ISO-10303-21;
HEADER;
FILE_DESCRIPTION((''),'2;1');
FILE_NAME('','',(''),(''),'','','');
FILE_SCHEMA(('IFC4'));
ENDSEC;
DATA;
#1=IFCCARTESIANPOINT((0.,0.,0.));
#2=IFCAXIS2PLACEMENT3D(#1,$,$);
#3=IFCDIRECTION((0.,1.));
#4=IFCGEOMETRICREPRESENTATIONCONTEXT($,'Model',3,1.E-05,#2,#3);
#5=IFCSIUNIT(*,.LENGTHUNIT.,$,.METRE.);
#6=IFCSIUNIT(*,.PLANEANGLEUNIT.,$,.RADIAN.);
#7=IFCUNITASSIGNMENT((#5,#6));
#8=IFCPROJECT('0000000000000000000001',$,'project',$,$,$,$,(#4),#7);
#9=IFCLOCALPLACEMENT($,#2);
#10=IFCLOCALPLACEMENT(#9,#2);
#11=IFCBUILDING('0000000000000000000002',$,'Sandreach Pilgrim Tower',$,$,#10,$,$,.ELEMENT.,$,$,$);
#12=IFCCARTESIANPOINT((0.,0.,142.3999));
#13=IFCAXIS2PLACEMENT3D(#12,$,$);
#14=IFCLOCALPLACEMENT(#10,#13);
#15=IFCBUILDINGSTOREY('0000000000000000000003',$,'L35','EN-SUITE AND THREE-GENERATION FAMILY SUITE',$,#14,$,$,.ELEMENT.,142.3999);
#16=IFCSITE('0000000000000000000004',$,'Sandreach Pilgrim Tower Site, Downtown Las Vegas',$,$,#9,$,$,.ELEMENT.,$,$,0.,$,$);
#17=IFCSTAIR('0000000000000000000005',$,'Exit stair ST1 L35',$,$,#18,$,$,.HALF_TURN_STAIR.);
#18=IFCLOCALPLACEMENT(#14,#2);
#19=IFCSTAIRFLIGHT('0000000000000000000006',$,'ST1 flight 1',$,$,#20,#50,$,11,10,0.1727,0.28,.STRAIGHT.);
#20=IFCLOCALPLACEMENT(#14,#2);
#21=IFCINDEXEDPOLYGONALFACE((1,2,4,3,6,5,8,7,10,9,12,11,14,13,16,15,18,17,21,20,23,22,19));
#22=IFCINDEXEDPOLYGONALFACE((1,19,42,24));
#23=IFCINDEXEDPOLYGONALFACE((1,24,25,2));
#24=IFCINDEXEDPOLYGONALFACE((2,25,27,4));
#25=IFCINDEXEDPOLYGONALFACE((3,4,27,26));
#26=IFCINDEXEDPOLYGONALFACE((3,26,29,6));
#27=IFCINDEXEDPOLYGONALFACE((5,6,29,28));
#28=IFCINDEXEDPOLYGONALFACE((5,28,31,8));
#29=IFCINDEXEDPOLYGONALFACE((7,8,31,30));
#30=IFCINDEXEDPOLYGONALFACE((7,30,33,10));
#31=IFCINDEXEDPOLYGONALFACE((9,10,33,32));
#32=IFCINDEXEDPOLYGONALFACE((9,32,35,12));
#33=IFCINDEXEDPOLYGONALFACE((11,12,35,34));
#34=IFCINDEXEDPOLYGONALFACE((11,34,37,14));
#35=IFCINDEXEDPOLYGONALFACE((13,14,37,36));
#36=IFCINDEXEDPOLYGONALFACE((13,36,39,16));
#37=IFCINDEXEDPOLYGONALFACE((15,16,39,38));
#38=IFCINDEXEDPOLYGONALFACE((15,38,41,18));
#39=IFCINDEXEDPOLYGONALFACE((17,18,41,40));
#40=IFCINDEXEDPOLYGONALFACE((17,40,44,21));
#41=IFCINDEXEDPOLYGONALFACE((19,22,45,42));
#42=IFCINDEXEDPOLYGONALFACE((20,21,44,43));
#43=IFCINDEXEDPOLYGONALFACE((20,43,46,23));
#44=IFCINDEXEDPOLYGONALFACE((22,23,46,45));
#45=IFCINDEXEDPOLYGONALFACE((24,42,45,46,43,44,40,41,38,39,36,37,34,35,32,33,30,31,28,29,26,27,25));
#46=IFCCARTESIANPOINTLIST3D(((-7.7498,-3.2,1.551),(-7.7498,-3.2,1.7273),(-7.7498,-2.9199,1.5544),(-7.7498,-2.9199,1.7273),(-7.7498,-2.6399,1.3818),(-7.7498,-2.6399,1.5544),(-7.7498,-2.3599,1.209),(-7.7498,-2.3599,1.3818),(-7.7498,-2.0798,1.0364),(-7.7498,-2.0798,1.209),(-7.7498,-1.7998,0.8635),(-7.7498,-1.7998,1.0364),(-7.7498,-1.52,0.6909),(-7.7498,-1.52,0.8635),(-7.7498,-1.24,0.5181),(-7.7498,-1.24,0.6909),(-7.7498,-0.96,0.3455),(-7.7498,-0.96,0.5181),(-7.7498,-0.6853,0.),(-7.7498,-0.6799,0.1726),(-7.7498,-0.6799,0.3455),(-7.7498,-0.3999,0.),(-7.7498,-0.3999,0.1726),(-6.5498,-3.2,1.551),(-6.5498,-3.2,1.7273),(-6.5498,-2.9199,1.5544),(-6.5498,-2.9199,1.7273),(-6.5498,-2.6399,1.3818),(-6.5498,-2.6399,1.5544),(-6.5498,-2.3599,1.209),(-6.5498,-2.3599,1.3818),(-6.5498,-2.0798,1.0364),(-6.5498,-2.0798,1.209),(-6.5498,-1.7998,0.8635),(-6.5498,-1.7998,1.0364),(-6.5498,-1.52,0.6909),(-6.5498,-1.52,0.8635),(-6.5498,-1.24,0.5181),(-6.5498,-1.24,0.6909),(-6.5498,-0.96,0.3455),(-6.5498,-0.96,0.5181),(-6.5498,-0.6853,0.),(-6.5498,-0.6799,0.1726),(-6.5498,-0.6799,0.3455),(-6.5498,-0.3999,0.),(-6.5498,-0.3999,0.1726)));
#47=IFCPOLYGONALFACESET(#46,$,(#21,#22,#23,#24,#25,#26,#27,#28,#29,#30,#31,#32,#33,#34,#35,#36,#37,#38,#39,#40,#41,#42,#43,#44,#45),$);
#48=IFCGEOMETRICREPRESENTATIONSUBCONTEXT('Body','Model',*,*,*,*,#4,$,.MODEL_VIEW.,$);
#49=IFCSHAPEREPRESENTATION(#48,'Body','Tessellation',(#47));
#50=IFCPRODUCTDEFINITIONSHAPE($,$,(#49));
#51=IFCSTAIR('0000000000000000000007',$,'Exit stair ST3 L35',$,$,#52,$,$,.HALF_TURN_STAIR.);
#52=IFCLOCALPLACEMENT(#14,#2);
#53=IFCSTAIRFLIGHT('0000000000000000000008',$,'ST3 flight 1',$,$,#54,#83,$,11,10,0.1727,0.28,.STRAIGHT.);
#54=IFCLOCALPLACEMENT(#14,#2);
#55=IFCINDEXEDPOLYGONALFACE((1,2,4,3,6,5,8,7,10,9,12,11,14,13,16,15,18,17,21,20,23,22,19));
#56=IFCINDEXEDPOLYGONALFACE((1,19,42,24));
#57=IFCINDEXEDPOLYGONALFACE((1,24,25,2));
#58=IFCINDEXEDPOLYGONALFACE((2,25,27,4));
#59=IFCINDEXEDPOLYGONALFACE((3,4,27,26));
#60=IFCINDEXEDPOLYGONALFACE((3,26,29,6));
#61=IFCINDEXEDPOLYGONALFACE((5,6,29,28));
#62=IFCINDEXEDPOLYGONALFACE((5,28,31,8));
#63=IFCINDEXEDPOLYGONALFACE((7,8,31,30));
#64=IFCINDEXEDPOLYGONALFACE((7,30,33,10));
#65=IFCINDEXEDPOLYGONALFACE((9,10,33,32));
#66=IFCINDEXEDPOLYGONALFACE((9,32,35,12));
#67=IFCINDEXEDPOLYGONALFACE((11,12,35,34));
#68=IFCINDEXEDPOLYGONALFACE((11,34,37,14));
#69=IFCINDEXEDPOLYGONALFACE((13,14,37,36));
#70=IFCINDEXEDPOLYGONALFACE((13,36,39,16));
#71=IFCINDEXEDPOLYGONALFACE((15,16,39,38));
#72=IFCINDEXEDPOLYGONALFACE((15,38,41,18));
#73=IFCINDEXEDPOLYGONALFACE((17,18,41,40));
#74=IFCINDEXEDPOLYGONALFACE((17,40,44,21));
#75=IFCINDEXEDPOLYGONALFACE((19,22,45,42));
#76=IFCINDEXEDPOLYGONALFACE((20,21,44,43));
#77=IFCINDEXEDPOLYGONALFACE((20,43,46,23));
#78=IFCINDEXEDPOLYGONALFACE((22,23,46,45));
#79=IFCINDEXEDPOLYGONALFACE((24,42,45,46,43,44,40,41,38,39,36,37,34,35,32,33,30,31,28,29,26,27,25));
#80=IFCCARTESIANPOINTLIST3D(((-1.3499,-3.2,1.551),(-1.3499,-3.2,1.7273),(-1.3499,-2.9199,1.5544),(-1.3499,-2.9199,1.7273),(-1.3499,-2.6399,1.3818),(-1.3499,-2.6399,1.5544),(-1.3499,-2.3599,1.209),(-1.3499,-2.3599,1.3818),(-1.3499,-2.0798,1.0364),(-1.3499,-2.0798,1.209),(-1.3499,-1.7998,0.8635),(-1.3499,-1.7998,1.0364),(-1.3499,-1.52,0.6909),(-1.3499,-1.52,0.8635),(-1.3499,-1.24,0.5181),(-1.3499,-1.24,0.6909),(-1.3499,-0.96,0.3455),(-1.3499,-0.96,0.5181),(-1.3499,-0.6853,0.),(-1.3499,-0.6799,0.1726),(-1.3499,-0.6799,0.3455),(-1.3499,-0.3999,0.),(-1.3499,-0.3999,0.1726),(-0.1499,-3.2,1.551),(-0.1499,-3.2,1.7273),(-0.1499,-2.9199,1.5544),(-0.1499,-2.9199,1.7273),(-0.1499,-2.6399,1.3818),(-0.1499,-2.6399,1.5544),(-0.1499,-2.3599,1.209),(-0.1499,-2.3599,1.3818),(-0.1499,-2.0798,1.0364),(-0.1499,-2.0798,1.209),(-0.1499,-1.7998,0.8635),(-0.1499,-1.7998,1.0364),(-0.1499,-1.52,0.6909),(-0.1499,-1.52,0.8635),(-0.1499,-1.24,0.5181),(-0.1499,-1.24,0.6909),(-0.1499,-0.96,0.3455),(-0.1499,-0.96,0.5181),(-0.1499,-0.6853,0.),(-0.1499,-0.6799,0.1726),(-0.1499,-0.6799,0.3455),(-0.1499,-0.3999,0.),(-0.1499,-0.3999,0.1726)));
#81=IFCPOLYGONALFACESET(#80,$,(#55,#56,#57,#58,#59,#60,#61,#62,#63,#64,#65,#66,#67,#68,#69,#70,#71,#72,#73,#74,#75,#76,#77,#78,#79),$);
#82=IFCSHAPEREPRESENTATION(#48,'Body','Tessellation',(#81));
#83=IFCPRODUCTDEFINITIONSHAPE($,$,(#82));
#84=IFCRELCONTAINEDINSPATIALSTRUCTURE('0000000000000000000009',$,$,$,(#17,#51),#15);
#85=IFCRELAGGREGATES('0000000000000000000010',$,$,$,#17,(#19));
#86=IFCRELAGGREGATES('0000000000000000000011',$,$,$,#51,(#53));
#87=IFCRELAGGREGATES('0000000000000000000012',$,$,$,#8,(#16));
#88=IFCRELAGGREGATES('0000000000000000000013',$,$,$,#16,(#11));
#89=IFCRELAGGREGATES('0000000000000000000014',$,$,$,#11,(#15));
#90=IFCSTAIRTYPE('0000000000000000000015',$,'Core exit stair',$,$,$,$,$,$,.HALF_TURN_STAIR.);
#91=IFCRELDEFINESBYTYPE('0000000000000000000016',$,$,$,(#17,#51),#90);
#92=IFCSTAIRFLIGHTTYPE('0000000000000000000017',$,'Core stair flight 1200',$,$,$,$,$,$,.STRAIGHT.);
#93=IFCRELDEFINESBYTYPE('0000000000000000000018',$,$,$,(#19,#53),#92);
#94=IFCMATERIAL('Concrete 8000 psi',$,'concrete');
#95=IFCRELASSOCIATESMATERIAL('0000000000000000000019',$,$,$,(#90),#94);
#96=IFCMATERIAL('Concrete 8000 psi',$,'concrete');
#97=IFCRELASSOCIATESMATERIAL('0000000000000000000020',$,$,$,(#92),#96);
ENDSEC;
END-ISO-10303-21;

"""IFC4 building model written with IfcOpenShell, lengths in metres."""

from ifc_helpers import new_model, si_unit, direction, frame, origin, place, context, subcontext, project, spatial, polyline, outline, extrude, material, type_object, element, aggregate, save


model = new_model("IFC4")

# Units and contexts
model_context = context("Model", 3, precision=1e-05, world=origin(), true_north=direction((0.0, 1.0)))
body_context = subcontext(model_context, "Body", "Model", "MODEL_VIEW")
ifc_project = project(units=[si_unit("LENGTHUNIT", "METRE"), si_unit("PLANEANGLEUNIT", "RADIAN")], contexts=[model_context])

# Site, building, storey
site_placement = place(None, origin())
site = spatial("IfcSite", under=ifc_project, at=site_placement, Name="Sandreach Pilgrim Tower Site, Downtown Las Vegas", CompositionType="ELEMENT", RefElevation=0.0)
building_placement = place(site_placement, origin())
building = spatial("IfcBuilding", under=site, at=building_placement, Name="Sandreach Pilgrim Tower", CompositionType="ELEMENT")
storey_placement = place(building_placement, frame((0.0, 0.0, 142.3999)))
storey = spatial("IfcBuildingStorey", under=building, at=storey_placement, Name="L35", Description="EN-SUITE AND THREE-GENERATION FAMILY SUITE", CompositionType="ELEMENT", Elevation=142.3999)

# Stairs, stair flights
ifc_material_1 = material(Name="Concrete 8000 psi", Category="concrete")
stair_type = type_object("IfcStairType", Name="Core exit stair", PredefinedType="HALF_TURN_STAIR", material=ifc_material_1)
stair_1_placement = place(storey_placement, origin())
stair_1 = element("IfcStair", 1, at=stair_1_placement, inside=storey, type_object=stair_type, Name="Exit stair ST1 L35", PredefinedType="HALF_TURN_STAIR")
ifc_material_2 = material(Name="Concrete 8000 psi", Category="concrete")
stair_flight_type = type_object("IfcStairFlightType", Name="Core stair flight 1200", PredefinedType="STRAIGHT", material=ifc_material_2)
stair_flight_1_placement = place(storey_placement, frame((-7.1499, -0.3999, 0.0), z_axis=(0.0, 0.0, 1.0), x_axis=(0.0, -1.0, 0.0)))
stair_flight_1 = element("IfcStairFlight", 2, at=stair_flight_1_placement, type_object=stair_flight_type, Name="ST1 flight 1", NumberOfRisers=11, NumberOfTreads=10, PredefinedType="STRAIGHT", RiserHeight=0.1727, TreadLength=0.28, context=body_context, shape_type="SweptSolid", body=[
    extrude(outline(polyline([(0.0, 0.0), (0.0, 0.1726), (0.28, 0.1726), (0.28, 0.3455), (0.5601, 0.3455), (0.5601, 0.5181), (0.8401, 0.5181), (0.8401, 0.6909), (1.1201, 0.6909), (1.1201, 0.8635), (1.3999, 0.8635), (1.3999, 1.0364), (1.6799, 1.0364), (1.6799, 1.209), (1.96, 1.209), (1.96, 1.3818), (2.24, 1.3818), (2.24, 1.5544), (2.52, 1.5544), (2.52, 1.7273), (2.8, 1.7273), (2.8, 1.8999), (2.8, 1.551), (0.2854, 0.0), (0.0, 0.0)])), frame((0.0, 0.6001, 0.0), z_axis=(0.0, -1.0, 0.0), x_axis=(1.0, 0.0, 0.0)), (0.0, 0.0, 1.0), 1.2),
])
aggregate(stair_1, [stair_flight_1])
stair_2_placement = place(storey_placement, origin())
stair_2 = element("IfcStair", 3, at=stair_2_placement, inside=storey, type_object=stair_type, Name="Exit stair ST3 L35", PredefinedType="HALF_TURN_STAIR")
stair_flight_2_placement = place(storey_placement, frame((-0.75, -0.3999, 0.0), z_axis=(0.0, 0.0, 1.0), x_axis=(0.0, -1.0, 0.0)))
stair_flight_2 = element("IfcStairFlight", 4, at=stair_flight_2_placement, type_object=stair_flight_type, Name="ST3 flight 1", NumberOfRisers=11, NumberOfTreads=10, PredefinedType="STRAIGHT", RiserHeight=0.1727, TreadLength=0.28, context=body_context, shape_type="SweptSolid", body=[
    extrude(outline(polyline([(0.0, 0.0), (0.0, 0.1726), (0.28, 0.1726), (0.28, 0.3455), (0.5601, 0.3455), (0.5601, 0.5181), (0.8401, 0.5181), (0.8401, 0.6909), (1.1201, 0.6909), (1.1201, 0.8635), (1.3999, 0.8635), (1.3999, 1.0364), (1.6799, 1.0364), (1.6799, 1.209), (1.96, 1.209), (1.96, 1.3818), (2.24, 1.3818), (2.24, 1.5544), (2.52, 1.5544), (2.52, 1.7273), (2.8, 1.7273), (2.8, 1.8999), (2.8, 1.551), (0.2854, 0.0), (0.0, 0.0)])), frame((0.0, 0.6001, 0.0), z_axis=(0.0, -1.0, 0.0), x_axis=(1.0, 0.0, 0.0)), (0.0, 0.0, 1.0), 1.2),
])
aggregate(stair_2, [stair_flight_2])

save(model, "model.ifc")
